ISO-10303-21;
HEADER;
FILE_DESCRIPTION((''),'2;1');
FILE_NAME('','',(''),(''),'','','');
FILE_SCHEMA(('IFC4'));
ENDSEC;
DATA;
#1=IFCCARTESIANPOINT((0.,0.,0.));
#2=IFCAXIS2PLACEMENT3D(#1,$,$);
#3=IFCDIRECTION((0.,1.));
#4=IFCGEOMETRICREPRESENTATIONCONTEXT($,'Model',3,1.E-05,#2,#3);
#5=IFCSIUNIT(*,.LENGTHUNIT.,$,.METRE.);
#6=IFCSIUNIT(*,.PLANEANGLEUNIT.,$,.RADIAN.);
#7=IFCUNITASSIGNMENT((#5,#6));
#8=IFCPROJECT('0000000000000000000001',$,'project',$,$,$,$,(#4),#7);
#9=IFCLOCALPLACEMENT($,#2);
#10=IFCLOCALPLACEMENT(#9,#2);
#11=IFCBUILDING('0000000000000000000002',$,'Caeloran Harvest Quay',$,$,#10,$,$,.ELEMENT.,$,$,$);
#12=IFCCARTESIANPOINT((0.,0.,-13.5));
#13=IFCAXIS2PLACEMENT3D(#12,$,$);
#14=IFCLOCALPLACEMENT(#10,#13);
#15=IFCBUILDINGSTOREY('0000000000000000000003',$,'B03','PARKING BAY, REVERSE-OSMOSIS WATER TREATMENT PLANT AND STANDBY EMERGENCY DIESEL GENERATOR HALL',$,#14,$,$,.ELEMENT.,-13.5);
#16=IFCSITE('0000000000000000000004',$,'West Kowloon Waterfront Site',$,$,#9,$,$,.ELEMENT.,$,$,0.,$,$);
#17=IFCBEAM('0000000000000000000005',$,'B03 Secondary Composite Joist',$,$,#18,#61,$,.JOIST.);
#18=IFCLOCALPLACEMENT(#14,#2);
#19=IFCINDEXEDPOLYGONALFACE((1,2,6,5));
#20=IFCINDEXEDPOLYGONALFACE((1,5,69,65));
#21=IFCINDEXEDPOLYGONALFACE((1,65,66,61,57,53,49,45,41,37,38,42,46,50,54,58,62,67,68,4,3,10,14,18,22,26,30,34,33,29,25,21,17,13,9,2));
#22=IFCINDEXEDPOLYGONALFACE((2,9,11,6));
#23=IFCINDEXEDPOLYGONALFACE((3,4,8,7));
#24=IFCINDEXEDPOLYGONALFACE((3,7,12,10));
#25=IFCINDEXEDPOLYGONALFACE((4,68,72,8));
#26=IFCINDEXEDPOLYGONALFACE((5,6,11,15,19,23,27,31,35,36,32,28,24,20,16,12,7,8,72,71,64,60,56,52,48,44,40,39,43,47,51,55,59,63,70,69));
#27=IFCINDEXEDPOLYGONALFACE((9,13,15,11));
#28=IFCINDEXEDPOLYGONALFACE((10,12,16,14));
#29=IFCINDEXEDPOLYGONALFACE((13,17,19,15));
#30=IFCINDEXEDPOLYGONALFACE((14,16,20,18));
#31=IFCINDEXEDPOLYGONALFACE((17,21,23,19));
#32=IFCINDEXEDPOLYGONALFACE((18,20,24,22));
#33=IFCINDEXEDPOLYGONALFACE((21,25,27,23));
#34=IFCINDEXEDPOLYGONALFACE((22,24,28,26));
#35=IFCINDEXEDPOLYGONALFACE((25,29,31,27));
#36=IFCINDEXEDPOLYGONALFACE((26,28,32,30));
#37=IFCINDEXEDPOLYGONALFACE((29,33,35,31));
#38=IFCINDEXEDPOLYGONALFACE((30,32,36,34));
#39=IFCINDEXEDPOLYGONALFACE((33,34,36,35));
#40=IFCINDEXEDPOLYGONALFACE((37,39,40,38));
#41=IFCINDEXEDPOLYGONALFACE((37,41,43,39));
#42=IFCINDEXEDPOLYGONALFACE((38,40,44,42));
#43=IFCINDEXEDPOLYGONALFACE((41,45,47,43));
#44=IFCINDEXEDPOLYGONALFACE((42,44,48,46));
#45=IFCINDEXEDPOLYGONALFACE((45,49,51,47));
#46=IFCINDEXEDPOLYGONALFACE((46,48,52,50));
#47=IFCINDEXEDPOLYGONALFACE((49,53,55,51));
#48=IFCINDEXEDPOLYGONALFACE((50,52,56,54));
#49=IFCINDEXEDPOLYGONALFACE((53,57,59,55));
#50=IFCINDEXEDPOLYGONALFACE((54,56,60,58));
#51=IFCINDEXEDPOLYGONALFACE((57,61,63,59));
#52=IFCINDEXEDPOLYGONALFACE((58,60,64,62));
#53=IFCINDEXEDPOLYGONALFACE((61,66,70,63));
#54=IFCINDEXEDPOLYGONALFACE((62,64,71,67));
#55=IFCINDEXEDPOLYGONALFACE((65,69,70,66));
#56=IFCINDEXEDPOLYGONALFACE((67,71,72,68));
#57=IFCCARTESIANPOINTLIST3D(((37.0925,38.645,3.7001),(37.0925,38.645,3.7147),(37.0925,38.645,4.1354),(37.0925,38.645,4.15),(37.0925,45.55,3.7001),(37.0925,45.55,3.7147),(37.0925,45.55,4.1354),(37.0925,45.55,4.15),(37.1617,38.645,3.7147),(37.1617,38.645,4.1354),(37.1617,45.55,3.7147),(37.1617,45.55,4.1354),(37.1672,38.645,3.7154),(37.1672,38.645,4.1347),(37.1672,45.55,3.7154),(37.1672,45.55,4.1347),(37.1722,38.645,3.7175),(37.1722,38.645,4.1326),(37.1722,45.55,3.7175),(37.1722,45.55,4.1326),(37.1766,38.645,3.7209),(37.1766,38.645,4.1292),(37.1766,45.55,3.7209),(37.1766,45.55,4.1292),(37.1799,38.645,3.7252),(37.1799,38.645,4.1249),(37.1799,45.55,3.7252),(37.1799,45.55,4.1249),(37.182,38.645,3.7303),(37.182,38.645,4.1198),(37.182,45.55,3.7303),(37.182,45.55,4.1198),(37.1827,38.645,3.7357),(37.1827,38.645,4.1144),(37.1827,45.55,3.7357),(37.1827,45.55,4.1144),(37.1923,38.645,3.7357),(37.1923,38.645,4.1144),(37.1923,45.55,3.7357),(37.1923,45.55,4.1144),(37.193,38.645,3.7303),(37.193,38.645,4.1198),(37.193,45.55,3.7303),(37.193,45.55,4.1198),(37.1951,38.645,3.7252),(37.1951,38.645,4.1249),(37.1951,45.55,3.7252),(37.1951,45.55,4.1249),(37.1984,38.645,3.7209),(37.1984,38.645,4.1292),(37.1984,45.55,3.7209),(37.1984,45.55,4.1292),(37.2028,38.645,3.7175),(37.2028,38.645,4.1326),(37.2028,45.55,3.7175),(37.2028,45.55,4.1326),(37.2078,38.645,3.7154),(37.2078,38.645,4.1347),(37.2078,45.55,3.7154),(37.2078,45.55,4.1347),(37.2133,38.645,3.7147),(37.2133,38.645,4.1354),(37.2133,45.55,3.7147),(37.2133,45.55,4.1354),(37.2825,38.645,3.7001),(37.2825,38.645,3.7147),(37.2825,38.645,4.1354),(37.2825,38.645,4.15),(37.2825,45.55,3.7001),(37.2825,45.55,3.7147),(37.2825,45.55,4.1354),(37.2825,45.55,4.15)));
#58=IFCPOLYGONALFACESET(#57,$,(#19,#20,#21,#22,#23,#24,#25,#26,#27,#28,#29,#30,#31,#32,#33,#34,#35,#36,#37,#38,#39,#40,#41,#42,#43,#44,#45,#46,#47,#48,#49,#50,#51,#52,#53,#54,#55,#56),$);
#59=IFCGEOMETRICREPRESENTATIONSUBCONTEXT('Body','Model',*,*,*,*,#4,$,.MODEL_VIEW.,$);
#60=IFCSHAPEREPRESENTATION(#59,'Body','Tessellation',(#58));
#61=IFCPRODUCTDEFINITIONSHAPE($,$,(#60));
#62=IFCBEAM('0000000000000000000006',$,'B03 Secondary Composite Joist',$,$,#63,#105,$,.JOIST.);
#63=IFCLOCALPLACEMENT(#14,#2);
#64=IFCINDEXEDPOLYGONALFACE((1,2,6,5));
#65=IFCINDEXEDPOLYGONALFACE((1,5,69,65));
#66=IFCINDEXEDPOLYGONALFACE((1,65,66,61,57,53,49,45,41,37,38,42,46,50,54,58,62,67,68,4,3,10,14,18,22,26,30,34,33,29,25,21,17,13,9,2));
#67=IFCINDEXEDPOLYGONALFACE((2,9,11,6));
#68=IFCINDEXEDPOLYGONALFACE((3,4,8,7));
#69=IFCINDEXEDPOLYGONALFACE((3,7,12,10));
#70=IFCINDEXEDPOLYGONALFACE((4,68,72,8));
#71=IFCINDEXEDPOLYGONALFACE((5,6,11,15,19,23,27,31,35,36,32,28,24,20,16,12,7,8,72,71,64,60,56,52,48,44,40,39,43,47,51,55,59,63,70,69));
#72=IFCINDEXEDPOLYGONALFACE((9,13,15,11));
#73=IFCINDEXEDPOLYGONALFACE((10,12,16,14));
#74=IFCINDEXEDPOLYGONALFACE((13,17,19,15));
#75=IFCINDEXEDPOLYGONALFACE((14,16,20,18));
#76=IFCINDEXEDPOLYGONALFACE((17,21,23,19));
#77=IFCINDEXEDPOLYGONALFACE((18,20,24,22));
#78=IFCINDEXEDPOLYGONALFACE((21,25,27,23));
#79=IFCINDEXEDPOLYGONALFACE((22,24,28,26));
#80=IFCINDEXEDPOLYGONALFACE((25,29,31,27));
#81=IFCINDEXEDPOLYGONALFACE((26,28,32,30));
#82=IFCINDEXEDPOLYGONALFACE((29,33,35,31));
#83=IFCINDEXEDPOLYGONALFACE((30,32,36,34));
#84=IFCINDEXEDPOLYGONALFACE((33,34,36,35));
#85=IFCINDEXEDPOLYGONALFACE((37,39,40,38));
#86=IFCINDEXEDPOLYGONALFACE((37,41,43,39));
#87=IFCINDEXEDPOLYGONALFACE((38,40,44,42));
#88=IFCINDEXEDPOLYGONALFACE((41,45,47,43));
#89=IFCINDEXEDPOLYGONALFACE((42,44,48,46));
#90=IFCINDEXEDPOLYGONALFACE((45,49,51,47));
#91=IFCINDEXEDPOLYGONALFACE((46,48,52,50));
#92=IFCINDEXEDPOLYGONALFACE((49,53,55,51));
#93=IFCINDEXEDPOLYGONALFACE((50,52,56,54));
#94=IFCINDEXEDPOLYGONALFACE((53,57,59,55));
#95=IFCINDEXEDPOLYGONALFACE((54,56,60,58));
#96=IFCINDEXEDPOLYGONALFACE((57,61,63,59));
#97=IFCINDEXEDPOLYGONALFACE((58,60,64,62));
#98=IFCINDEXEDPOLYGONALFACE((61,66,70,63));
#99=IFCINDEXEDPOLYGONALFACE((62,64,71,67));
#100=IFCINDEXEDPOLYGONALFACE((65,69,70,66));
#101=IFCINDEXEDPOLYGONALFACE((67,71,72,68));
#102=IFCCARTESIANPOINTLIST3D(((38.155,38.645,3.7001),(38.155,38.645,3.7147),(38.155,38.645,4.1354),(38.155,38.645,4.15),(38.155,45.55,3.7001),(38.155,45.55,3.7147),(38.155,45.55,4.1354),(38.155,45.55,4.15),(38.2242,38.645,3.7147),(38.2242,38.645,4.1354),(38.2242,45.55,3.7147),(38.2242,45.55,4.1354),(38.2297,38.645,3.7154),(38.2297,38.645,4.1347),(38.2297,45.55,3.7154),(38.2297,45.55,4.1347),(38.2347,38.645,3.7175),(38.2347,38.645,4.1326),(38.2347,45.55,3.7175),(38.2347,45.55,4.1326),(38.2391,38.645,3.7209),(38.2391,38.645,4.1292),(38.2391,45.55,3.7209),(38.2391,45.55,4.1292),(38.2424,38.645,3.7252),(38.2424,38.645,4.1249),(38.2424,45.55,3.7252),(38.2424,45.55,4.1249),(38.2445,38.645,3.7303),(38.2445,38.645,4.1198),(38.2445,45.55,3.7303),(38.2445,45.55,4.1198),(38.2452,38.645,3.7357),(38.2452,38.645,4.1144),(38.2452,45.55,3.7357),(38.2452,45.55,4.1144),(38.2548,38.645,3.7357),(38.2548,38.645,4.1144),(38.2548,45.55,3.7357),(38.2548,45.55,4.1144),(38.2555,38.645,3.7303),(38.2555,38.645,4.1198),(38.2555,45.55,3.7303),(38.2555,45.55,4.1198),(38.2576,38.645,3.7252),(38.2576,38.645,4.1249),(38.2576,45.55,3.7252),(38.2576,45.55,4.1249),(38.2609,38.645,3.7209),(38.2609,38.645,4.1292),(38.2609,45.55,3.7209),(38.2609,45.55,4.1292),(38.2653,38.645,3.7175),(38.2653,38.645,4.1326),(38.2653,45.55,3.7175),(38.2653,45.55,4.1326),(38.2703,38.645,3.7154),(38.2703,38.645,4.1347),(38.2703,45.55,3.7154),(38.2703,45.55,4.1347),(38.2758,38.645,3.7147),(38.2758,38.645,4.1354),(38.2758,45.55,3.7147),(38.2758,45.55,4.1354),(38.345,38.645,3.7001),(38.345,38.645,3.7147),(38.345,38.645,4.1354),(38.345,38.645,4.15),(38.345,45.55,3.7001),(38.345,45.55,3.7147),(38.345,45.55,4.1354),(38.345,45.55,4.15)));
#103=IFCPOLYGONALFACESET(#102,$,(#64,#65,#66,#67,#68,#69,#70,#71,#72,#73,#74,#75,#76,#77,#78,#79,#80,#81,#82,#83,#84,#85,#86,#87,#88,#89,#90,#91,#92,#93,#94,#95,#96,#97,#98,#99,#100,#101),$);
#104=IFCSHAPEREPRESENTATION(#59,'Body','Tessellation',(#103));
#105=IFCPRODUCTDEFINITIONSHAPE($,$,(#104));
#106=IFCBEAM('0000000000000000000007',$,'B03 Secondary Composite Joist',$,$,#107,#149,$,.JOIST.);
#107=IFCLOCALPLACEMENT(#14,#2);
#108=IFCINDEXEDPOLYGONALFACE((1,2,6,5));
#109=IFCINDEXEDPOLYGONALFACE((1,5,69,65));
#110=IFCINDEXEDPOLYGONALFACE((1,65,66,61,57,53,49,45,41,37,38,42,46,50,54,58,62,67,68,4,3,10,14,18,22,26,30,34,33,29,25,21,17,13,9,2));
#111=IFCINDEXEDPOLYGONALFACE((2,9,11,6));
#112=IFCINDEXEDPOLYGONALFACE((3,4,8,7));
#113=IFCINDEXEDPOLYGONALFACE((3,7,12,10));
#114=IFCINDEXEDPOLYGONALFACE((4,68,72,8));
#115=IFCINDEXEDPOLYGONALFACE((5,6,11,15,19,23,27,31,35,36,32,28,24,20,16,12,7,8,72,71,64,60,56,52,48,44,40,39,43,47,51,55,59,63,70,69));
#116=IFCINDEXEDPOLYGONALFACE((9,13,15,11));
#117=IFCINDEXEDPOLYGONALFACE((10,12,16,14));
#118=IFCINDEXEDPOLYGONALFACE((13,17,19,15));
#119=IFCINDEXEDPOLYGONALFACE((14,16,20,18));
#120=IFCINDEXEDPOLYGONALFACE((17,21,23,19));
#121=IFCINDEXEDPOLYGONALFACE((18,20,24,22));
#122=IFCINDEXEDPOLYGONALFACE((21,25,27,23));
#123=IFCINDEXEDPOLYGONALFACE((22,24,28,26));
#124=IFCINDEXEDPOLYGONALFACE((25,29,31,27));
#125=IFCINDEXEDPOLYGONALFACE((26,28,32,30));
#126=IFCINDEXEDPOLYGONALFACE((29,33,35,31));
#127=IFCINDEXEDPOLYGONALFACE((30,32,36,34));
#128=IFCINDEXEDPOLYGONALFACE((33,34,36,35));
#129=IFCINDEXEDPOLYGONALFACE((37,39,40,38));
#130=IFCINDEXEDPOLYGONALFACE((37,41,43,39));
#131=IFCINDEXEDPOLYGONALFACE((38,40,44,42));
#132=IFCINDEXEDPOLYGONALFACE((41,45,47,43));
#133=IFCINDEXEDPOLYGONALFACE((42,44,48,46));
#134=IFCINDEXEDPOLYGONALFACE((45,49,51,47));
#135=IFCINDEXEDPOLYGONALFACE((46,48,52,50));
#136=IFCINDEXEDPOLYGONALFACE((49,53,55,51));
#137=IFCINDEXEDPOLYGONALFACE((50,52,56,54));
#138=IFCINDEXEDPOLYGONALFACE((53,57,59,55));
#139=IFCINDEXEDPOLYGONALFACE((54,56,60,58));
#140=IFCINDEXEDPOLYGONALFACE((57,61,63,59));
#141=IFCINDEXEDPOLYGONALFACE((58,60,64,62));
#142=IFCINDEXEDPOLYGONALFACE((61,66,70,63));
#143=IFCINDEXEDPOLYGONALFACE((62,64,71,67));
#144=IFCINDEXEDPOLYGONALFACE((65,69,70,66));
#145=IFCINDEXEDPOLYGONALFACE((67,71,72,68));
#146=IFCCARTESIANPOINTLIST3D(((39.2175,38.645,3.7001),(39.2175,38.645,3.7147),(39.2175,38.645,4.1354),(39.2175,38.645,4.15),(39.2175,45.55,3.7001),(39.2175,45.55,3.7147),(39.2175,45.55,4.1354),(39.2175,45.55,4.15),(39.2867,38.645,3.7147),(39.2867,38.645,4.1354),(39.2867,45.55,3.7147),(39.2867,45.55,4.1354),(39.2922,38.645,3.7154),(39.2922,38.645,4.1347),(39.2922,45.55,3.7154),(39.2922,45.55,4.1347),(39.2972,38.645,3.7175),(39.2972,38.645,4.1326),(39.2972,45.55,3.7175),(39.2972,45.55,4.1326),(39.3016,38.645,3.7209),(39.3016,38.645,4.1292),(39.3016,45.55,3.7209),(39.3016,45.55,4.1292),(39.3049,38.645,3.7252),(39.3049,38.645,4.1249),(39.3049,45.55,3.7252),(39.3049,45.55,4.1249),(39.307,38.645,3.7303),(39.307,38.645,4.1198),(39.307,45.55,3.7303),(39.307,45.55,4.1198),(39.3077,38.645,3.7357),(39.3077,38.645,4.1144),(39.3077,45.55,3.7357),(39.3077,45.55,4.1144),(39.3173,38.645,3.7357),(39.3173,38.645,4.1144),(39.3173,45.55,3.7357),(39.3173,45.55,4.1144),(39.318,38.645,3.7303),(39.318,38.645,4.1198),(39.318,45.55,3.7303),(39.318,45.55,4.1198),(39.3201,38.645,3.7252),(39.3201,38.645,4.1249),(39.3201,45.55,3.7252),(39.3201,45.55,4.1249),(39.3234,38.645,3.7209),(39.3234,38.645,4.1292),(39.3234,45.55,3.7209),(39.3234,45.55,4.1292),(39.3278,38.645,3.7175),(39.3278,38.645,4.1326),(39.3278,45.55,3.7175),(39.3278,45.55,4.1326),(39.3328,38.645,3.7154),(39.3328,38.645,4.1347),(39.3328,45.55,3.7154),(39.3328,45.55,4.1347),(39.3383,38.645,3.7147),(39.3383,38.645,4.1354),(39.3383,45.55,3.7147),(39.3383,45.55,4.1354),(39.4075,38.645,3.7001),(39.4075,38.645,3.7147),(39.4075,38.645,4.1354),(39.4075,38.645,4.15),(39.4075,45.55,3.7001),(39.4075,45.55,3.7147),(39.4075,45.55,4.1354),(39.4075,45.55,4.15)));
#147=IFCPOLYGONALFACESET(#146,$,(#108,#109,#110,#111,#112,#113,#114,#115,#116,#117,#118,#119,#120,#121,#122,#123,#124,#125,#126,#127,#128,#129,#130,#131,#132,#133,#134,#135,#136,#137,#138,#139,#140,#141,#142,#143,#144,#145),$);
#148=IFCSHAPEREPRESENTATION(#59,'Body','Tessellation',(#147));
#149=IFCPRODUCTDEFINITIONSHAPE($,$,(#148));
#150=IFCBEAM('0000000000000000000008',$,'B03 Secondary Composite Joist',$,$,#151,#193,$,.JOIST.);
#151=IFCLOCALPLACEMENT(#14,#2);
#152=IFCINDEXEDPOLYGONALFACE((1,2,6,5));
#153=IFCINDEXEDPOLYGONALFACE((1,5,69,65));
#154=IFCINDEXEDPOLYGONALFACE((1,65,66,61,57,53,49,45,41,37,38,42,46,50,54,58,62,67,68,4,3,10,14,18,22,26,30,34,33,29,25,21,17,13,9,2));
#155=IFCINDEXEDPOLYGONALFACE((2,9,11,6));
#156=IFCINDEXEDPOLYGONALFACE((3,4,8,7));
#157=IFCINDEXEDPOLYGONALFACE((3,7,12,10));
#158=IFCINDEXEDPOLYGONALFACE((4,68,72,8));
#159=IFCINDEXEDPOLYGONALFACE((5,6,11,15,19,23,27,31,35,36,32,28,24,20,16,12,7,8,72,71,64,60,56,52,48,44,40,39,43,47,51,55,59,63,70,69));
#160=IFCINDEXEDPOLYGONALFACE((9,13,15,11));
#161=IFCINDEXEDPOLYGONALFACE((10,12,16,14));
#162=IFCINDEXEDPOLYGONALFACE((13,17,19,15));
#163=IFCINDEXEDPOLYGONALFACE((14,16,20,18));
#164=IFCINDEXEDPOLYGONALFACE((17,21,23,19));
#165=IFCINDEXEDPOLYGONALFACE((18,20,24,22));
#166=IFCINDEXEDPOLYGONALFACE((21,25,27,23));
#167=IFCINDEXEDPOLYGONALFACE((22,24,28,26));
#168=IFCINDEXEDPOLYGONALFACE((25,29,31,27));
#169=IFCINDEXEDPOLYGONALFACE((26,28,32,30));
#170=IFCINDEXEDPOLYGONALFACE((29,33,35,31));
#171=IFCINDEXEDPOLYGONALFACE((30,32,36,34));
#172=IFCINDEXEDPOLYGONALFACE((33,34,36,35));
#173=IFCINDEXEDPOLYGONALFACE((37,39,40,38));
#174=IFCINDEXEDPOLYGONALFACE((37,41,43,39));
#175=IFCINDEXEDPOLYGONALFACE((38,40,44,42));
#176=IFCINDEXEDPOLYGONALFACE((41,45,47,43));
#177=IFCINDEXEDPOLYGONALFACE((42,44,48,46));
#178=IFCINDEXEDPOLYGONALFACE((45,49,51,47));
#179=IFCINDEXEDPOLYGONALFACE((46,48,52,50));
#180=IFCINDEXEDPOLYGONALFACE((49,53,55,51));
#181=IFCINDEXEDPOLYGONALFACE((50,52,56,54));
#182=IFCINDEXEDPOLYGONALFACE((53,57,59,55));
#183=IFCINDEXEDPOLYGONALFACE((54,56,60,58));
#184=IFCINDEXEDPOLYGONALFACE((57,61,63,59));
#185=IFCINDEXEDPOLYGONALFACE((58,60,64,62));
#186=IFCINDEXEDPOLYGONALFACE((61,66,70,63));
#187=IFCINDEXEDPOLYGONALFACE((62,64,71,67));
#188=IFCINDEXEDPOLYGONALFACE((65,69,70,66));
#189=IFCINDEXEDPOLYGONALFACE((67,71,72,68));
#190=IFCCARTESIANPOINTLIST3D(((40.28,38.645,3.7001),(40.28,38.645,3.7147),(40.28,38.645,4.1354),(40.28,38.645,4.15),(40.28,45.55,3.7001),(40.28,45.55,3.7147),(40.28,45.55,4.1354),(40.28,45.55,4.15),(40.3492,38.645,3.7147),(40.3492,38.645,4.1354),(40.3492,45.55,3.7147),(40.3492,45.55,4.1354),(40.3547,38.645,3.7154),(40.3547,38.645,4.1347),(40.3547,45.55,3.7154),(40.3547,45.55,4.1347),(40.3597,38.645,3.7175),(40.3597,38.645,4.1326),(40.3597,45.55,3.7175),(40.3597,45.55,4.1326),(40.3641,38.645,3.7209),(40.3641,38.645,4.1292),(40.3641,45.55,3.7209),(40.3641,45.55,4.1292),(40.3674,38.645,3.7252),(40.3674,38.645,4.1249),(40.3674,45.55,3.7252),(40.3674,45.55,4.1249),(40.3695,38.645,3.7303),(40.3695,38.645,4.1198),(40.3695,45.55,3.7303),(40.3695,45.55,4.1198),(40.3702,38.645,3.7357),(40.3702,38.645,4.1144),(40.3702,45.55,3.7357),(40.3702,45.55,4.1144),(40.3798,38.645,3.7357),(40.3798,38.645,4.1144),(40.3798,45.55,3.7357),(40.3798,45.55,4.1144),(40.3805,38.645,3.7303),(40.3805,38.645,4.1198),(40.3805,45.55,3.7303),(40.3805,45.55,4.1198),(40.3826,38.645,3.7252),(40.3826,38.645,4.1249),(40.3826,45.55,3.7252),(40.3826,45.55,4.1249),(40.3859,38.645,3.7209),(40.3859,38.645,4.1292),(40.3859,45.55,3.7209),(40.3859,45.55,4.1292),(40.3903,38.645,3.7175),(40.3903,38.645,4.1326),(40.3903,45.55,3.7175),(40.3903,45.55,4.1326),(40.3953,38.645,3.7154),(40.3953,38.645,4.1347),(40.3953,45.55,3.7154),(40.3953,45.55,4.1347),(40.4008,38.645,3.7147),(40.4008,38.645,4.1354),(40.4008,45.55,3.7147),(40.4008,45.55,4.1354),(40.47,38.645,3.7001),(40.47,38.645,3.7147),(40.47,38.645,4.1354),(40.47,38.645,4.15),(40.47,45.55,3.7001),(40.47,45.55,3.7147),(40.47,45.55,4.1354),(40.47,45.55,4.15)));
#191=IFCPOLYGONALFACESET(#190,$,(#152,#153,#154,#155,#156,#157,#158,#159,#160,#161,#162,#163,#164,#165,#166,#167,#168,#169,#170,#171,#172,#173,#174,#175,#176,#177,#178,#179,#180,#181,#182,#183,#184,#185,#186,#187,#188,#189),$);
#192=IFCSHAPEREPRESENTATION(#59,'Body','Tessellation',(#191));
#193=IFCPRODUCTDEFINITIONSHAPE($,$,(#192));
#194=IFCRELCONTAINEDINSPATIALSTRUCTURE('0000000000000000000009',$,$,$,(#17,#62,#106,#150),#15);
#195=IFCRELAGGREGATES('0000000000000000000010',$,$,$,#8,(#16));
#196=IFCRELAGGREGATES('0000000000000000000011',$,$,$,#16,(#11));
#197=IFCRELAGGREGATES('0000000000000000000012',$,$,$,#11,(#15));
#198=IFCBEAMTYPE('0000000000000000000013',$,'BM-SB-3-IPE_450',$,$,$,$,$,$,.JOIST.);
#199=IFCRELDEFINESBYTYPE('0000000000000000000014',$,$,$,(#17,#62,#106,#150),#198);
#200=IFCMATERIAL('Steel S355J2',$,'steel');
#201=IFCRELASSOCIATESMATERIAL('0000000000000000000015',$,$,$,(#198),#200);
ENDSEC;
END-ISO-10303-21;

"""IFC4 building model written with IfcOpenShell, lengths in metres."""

from ifc_helpers import new_model, si_unit, direction, frame, origin, origin_2d, place, context, subcontext, project, spatial, i_section, extrude, material, material_profile, profile_set, type_object, element, save


model = new_model("IFC4")

# Units and contexts
model_context = context("Model", 3, precision=1e-05, world=origin(), true_north=direction((0.0, 1.0)))
body_context = subcontext(model_context, "Body", "Model", "MODEL_VIEW")
ifc_project = project(units=[si_unit("LENGTHUNIT", "METRE"), si_unit("PLANEANGLEUNIT", "RADIAN")], contexts=[model_context])

# Site, building, storey
site_placement = place(None, origin())
site = spatial("IfcSite", under=ifc_project, at=site_placement, Name="West Kowloon Waterfront Site", CompositionType="ELEMENT", RefElevation=0.0)
building_placement = place(site_placement, origin())
building = spatial("IfcBuilding", under=site, at=building_placement, Name="Caeloran Harvest Quay", CompositionType="ELEMENT")
storey_placement = place(building_placement, frame((0.0, 0.0, -13.5)))
storey = spatial("IfcBuildingStorey", under=building, at=storey_placement, Name="B03", Description="PARKING BAY, REVERSE-OSMOSIS WATER TREATMENT PLANT AND STANDBY EMERGENCY DIESEL GENERATOR HALL", CompositionType="ELEMENT", Elevation=-13.5)

# Beams
ifc_material = material(Name="Steel S355J2", Category="steel")
ifc_material_profile_1 = material_profile(ifc_material, i_section(OverallWidth=0.1899, OverallDepth=0.45, WebThickness=0.0095, FlangeThickness=0.0146, FilletRadius=0.021, at=origin_2d()), Name="IPE 450")
ifc_profile_set_1 = profile_set([ifc_material_profile_1], Name="Steel S355J2")
beam_type_1 = type_object("IfcBeamType", Name="BM-SB-3-IPE_450", PredefinedType="JOIST", material=ifc_profile_set_1)
for number, where, z_axis, x_axis, name in (
    (1, (37.1875, 38.645, 3.925), (0.0, 1.0, 0.0), (-1.0, 0.0, 0.0), "B03 Secondary Composite Joist"),
    (2, (38.25, 38.645, 3.925), (0.0, 1.0, 0.0), (-1.0, 0.0, 0.0), "B03 Secondary Composite Joist"),
    (3, (39.3125, 38.645, 3.925), (0.0, 1.0, 0.0), (-1.0, 0.0, 0.0), "B03 Secondary Composite Joist"),
    (4, (40.375, 38.645, 3.925), (0.0, 1.0, 0.0), (-1.0, 0.0, 0.0), "B03 Secondary Composite Joist"),
):
    element("IfcBeam", number, at=place(storey_placement, frame(where, z_axis=z_axis, x_axis=x_axis)), inside=storey, type_object=beam_type_1, Name=name, PredefinedType="JOIST", context=body_context, shape_type="SweptSolid", body=[
        extrude(i_section(OverallWidth=0.1899, OverallDepth=0.45, WebThickness=0.0095, FlangeThickness=0.0146, FilletRadius=0.021, at=origin_2d()), origin(), (0.0, 0.0, 1.0), 6.905),
    ])

save(model, "model.ifc")
